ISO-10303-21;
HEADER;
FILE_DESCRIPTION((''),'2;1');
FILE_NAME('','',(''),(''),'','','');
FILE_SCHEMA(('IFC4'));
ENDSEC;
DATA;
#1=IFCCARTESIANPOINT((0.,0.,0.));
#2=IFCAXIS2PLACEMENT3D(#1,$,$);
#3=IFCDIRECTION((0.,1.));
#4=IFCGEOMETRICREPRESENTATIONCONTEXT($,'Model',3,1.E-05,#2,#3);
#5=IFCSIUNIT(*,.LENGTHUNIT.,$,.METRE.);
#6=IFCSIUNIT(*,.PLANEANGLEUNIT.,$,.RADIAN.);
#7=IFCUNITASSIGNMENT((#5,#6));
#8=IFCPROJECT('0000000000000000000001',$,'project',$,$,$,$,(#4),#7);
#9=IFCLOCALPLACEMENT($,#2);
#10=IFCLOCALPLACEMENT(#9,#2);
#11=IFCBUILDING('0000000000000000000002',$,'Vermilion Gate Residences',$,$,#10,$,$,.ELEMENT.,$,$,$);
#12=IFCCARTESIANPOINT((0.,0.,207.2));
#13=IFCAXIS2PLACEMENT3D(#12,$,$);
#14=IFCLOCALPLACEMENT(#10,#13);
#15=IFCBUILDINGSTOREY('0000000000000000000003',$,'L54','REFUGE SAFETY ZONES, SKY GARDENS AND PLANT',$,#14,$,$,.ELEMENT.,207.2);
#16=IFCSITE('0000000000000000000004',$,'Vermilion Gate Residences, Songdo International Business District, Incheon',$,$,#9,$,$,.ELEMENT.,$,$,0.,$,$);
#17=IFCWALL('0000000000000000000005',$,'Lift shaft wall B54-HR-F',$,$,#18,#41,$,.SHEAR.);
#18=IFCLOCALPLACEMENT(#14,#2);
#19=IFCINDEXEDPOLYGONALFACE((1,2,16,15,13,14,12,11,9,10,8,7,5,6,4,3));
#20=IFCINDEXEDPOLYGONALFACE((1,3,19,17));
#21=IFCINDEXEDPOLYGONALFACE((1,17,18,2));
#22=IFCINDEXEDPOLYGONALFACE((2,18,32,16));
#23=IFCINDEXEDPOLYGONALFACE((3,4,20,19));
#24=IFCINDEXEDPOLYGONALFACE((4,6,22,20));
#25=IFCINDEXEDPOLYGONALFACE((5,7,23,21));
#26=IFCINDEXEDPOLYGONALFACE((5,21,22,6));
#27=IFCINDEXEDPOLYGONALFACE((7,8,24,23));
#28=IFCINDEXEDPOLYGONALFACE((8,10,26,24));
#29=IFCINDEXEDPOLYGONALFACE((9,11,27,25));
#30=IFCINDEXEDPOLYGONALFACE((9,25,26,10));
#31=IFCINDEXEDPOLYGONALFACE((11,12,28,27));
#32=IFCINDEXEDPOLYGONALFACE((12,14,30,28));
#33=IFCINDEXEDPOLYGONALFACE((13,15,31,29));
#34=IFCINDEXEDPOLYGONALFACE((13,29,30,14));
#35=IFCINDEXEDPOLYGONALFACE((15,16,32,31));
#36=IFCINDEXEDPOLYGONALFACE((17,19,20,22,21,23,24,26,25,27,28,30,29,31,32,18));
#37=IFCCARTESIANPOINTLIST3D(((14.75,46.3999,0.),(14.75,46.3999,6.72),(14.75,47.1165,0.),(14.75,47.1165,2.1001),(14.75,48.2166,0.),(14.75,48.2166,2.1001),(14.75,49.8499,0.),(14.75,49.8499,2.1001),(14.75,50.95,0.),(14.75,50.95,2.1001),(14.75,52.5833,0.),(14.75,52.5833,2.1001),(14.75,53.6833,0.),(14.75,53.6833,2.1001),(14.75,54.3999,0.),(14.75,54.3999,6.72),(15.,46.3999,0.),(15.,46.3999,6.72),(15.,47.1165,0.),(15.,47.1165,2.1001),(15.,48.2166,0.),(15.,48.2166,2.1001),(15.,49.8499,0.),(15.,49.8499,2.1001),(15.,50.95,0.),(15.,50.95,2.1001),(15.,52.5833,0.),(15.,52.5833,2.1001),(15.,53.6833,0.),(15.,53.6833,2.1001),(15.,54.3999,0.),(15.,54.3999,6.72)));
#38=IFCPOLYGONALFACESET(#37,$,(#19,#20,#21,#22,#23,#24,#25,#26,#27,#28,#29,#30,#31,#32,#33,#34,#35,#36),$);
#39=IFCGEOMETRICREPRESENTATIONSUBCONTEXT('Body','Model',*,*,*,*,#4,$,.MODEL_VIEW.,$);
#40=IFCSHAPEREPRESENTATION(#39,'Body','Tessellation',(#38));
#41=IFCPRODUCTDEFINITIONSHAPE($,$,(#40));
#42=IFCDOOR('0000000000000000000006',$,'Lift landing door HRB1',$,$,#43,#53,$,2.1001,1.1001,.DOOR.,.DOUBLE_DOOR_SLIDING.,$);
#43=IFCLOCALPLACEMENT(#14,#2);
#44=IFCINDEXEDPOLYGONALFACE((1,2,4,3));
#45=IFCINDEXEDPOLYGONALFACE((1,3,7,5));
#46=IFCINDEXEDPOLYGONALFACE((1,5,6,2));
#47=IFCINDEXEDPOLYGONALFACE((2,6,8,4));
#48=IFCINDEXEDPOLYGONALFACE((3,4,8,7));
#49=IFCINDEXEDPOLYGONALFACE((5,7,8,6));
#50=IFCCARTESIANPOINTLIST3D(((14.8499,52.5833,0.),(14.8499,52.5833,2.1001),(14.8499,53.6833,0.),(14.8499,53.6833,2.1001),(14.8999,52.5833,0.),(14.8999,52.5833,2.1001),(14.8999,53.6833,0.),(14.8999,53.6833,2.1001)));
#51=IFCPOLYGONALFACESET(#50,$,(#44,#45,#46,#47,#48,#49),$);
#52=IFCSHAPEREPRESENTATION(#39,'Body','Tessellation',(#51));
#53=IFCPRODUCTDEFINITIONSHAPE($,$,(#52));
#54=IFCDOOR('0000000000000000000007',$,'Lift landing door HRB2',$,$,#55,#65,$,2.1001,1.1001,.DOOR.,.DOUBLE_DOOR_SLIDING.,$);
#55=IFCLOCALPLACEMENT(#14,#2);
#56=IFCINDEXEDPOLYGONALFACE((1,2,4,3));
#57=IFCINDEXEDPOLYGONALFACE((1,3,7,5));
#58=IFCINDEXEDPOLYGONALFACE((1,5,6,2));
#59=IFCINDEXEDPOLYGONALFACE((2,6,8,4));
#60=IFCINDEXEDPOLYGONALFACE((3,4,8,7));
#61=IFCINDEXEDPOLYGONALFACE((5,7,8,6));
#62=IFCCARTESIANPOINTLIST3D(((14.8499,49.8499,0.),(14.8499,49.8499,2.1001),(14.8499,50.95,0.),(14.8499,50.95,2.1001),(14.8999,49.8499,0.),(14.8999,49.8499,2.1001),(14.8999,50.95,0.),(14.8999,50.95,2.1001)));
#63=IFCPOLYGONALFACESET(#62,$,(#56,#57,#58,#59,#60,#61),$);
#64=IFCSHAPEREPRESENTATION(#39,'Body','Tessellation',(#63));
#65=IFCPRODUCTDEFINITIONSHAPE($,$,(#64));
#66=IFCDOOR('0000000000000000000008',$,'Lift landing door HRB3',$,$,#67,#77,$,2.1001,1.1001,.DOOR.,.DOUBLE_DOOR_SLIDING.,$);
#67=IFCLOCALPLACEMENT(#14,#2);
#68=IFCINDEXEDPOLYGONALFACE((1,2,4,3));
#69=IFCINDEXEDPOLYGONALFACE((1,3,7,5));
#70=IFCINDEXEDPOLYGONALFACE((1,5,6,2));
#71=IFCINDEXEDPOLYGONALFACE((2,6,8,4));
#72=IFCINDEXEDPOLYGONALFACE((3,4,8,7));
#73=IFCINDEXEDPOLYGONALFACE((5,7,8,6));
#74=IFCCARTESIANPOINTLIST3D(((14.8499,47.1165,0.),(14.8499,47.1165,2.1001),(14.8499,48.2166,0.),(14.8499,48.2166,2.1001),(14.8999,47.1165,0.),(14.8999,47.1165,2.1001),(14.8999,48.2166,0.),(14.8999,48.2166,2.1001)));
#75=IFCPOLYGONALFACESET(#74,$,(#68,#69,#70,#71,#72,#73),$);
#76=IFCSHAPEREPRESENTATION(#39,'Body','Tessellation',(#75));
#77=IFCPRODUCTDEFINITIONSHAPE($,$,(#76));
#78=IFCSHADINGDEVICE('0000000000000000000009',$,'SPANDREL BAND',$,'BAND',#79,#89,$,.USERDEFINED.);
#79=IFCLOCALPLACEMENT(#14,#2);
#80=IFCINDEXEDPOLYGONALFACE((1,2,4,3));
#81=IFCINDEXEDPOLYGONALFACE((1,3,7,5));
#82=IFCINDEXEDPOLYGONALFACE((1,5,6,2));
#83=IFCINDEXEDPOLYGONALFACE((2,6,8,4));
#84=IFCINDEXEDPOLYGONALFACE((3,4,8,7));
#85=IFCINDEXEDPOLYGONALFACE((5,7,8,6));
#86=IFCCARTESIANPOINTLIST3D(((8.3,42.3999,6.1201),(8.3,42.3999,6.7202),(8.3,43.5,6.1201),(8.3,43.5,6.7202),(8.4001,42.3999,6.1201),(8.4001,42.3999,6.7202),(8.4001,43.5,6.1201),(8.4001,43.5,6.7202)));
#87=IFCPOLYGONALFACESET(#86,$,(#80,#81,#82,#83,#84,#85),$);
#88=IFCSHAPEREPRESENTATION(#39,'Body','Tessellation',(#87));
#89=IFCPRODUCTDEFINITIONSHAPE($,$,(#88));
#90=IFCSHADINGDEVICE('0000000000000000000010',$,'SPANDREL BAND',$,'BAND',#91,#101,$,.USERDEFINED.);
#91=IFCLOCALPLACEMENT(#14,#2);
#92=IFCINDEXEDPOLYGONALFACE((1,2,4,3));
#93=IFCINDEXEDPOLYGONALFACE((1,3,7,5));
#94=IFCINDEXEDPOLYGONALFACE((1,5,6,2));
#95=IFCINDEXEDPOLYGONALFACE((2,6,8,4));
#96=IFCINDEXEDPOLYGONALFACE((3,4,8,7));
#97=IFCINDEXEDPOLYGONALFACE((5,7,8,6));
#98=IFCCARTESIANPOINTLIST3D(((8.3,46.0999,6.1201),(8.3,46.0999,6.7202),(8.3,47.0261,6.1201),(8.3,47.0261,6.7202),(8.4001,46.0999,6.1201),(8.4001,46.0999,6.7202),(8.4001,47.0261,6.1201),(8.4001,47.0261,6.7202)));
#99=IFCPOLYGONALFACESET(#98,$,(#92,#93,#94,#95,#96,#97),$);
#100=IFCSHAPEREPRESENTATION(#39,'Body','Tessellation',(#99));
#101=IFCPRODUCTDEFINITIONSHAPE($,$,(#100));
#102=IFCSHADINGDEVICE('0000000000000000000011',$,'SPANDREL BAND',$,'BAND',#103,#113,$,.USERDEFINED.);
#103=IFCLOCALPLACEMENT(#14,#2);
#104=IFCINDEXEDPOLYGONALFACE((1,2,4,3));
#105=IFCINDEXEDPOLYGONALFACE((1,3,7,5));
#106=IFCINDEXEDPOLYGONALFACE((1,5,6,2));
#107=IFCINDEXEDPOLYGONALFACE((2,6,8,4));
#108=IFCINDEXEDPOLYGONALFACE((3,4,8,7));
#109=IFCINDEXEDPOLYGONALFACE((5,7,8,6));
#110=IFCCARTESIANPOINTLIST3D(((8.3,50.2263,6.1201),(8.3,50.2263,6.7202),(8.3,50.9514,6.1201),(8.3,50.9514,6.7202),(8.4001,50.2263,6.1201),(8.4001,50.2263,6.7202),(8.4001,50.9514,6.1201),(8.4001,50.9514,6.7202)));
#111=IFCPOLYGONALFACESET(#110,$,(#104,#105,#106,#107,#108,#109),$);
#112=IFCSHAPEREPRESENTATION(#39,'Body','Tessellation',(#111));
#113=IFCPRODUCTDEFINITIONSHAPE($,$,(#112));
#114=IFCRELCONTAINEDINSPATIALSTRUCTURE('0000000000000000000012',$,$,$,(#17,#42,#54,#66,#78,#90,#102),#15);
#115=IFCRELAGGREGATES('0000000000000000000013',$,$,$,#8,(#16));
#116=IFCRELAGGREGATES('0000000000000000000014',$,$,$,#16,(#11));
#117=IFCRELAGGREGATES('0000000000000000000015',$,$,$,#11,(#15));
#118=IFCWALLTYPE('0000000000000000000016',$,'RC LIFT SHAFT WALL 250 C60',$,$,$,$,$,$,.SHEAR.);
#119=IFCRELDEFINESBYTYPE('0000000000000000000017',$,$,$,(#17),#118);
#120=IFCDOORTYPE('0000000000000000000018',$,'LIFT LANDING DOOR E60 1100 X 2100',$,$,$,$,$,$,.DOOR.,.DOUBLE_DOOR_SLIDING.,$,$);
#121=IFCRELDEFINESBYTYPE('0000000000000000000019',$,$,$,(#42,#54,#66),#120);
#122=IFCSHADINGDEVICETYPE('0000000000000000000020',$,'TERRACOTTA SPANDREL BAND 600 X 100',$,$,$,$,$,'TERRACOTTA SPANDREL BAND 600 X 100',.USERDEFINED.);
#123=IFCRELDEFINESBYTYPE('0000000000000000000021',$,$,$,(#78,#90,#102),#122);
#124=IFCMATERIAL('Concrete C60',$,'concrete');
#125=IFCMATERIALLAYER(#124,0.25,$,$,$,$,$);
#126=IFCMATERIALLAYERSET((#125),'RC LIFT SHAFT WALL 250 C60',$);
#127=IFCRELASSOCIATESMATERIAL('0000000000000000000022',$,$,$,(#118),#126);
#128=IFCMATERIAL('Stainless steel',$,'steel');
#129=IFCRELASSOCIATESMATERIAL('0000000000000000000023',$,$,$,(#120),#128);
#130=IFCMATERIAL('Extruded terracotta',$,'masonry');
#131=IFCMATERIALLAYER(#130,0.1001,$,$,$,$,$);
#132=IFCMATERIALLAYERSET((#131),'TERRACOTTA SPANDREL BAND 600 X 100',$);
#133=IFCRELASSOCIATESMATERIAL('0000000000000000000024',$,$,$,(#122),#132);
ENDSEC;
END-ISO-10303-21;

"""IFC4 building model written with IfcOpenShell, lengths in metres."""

from ifc_helpers import new_model, si_unit, direction, frame, frame_2d, origin, origin_2d, place, context, subcontext, project, spatial, rectangle, extrude, material, layer, layer_set, type_object, element, fill, save


model = new_model("IFC4")

# Units and contexts
model_context = context("Model", 3, precision=1e-05, world=origin(), true_north=direction((0.0, 1.0)))
body_context = subcontext(model_context, "Body", "Model", "MODEL_VIEW")
ifc_project = project(units=[si_unit("LENGTHUNIT", "METRE"), si_unit("PLANEANGLEUNIT", "RADIAN")], contexts=[model_context])

# Site, building, storey
site_placement = place(None, origin())
site = spatial("IfcSite", under=ifc_project, at=site_placement, Name="Vermilion Gate Residences, Songdo International Business District, Incheon", CompositionType="ELEMENT", RefElevation=0.0)
building_placement = place(site_placement, origin())
building = spatial("IfcBuilding", under=site, at=building_placement, Name="Vermilion Gate Residences", CompositionType="ELEMENT")
storey_placement = place(building_placement, frame((0.0, 0.0, 207.2)))
storey = spatial("IfcBuildingStorey", under=building, at=storey_placement, Name="L54", Description="REFUGE SAFETY ZONES, SKY GARDENS AND PLANT", CompositionType="ELEMENT", Elevation=207.2)

# Wall, openings, doors
ifc_material_1 = material(Name="Concrete C60", Category="concrete")
ifc_layer_1 = layer(ifc_material_1, 0.25)
ifc_layer_set_1 = layer_set([ifc_layer_1], Name="RC LIFT SHAFT WALL 250 C60")
wall_type_1 = type_object("IfcWallType", Name="RC LIFT SHAFT WALL 250 C60", PredefinedType="SHEAR", material=ifc_layer_set_1)
wall_1_placement = place(storey_placement, frame((14.875, 54.3999, 0.0), z_axis=(0.0, 0.0, 1.0), x_axis=(0.0, -1.0, 0.0)))
wall_1 = element("IfcWall", 1, at=wall_1_placement, inside=storey, type_object=wall_type_1, Name="Lift shaft wall B54-HR-F", PredefinedType="SHEAR", context=body_context, shape_type="SweptSolid", body=[
    extrude(rectangle(XDim=8.0, YDim=0.25, at=frame_2d((4.0, 0.0))), origin(), (0.0, 0.0, 1.0), 6.72),
])
opening_1_placement = place(wall_1_placement, frame((0.7166, 0.0, 0.0)))
opening_1 = element("IfcOpeningElement", 2, at=opening_1_placement, cuts=wall_1, PredefinedType="OPENING", context=body_context, shape_type="SweptSolid", body=[
    extrude(rectangle(XDim=1.1001, YDim=2.1001, at=frame_2d((0.55, 1.05))), frame((0.0, 0.135, 0.0), z_axis=(0.0, -1.0, 0.0), x_axis=(1.0, 0.0, 0.0)), (0.0, 0.0, 1.0), 0.27),
])
opening_2_placement = place(wall_1_placement, frame((3.45, 0.0, 0.0)))
opening_2 = element("IfcOpeningElement", 3, at=opening_2_placement, cuts=wall_1, PredefinedType="OPENING", context=body_context, shape_type="SweptSolid", body=[
    extrude(rectangle(XDim=1.1001, YDim=2.1001, at=frame_2d((0.55, 1.05))), frame((0.0, 0.135, 0.0), z_axis=(0.0, -1.0, 0.0), x_axis=(1.0, 0.0, 0.0)), (0.0, 0.0, 1.0), 0.27),
])
opening_3_placement = place(wall_1_placement, frame((6.1833, 0.0, 0.0)))
opening_3 = element("IfcOpeningElement", 4, at=opening_3_placement, cuts=wall_1, PredefinedType="OPENING", context=body_context, shape_type="SweptSolid", body=[
    extrude(rectangle(XDim=1.1001, YDim=2.1001, at=frame_2d((0.55, 1.05))), frame((0.0, 0.135, 0.0), z_axis=(0.0, -1.0, 0.0), x_axis=(1.0, 0.0, 0.0)), (0.0, 0.0, 1.0), 0.27),
])
ifc_material_2 = material(Name="Stainless steel", Category="steel")
door_type_1 = type_object("IfcDoorType", Name="LIFT LANDING DOOR E60 1100 X 2100", OperationType="DOUBLE_DOOR_SLIDING", PredefinedType="DOOR", material=ifc_material_2)
door_1_placement = place(opening_1_placement, origin())
door_1 = element("IfcDoor", 5, at=door_1_placement, inside=storey, type_object=door_type_1, Name="Lift landing door HRB1", OperationType="DOUBLE_DOOR_SLIDING", OverallHeight=2.1001, OverallWidth=1.1001, PredefinedType="DOOR", context=body_context, shape_type="SweptSolid", body=[
    extrude(rectangle(XDim=1.1001, YDim=2.1001, at=frame_2d((0.55, 1.05))), frame((0.0, 0.0249, 0.0), z_axis=(0.0, -1.0, 0.0), x_axis=(1.0, 0.0, 0.0)), (0.0, 0.0, 1.0), 0.05),
])
fill(opening_1, door_1)
door_2_placement = place(opening_2_placement, origin())
door_2 = element("IfcDoor", 6, at=door_2_placement, inside=storey, type_object=door_type_1, Name="Lift landing door HRB2", OperationType="DOUBLE_DOOR_SLIDING", OverallHeight=2.1001, OverallWidth=1.1001, PredefinedType="DOOR", context=body_context, shape_type="SweptSolid", body=[
    extrude(rectangle(XDim=1.1001, YDim=2.1001, at=frame_2d((0.55, 1.05))), frame((0.0, 0.0249, 0.0), z_axis=(0.0, -1.0, 0.0), x_axis=(1.0, 0.0, 0.0)), (0.0, 0.0, 1.0), 0.05),
])
fill(opening_2, door_2)
door_3_placement = place(opening_3_placement, origin())
door_3 = element("IfcDoor", 7, at=door_3_placement, inside=storey, type_object=door_type_1, Name="Lift landing door HRB3", OperationType="DOUBLE_DOOR_SLIDING", OverallHeight=2.1001, OverallWidth=1.1001, PredefinedType="DOOR", context=body_context, shape_type="SweptSolid", body=[
    extrude(rectangle(XDim=1.1001, YDim=2.1001, at=frame_2d((0.55, 1.05))), frame((0.0, 0.0249, 0.0), z_axis=(0.0, -1.0, 0.0), x_axis=(1.0, 0.0, 0.0)), (0.0, 0.0, 1.0), 0.05),
])
fill(opening_3, door_3)

# Shading devices
ifc_material_3 = material(Name="Extruded terracotta", Category="masonry")
ifc_layer_2 = layer(ifc_material_3, 0.1001)
ifc_layer_set_2 = layer_set([ifc_layer_2], Name="TERRACOTTA SPANDREL BAND 600 X 100")
shading_device_type = type_object("IfcShadingDeviceType", Name="TERRACOTTA SPANDREL BAND 600 X 100", ElementType="TERRACOTTA SPANDREL BAND 600 X 100", PredefinedType="USERDEFINED", material=ifc_layer_set_2)
shading_device_1_placement = place(storey_placement, frame((8.3501, 42.95, 6.1201), z_axis=(0.0, 0.0, 1.0), x_axis=(0.0, 1.0, 0.0)))
element("IfcShadingDevice", 8, at=shading_device_1_placement, inside=storey, type_object=shading_device_type, Name="SPANDREL BAND", ObjectType="BAND", PredefinedType="USERDEFINED", context=body_context, shape_type="SweptSolid", body=[
    extrude(rectangle(XDim=1.1001, YDim=0.1001, at=origin_2d()), origin(), (0.0, 0.0, 1.0), 0.6001),
])
shading_device_2_placement = place(storey_placement, frame((8.3501, 46.563, 6.1201), z_axis=(0.0, 0.0, 1.0), x_axis=(0.0, 1.0, 0.0)))
element("IfcShadingDevice", 9, at=shading_device_2_placement, inside=storey, type_object=shading_device_type, Name="SPANDREL BAND", ObjectType="BAND", PredefinedType="USERDEFINED", context=body_context, shape_type="SweptSolid", body=[
    extrude(rectangle(XDim=0.9263, YDim=0.1001, at=origin_2d()), origin(), (0.0, 0.0, 1.0), 0.6001),
])
shading_device_3_placement = place(storey_placement, frame((8.3501, 50.5889, 6.1201), z_axis=(0.0, 0.0, 1.0), x_axis=(0.0, 1.0, 0.0)))
element("IfcShadingDevice", 10, at=shading_device_3_placement, inside=storey, type_object=shading_device_type, Name="SPANDREL BAND", ObjectType="BAND", PredefinedType="USERDEFINED", context=body_context, shape_type="SweptSolid", body=[
    extrude(rectangle(XDim=0.7251, YDim=0.1001, at=origin_2d()), origin(), (0.0, 0.0, 1.0), 0.6001),
])

save(model, "model.ifc")
